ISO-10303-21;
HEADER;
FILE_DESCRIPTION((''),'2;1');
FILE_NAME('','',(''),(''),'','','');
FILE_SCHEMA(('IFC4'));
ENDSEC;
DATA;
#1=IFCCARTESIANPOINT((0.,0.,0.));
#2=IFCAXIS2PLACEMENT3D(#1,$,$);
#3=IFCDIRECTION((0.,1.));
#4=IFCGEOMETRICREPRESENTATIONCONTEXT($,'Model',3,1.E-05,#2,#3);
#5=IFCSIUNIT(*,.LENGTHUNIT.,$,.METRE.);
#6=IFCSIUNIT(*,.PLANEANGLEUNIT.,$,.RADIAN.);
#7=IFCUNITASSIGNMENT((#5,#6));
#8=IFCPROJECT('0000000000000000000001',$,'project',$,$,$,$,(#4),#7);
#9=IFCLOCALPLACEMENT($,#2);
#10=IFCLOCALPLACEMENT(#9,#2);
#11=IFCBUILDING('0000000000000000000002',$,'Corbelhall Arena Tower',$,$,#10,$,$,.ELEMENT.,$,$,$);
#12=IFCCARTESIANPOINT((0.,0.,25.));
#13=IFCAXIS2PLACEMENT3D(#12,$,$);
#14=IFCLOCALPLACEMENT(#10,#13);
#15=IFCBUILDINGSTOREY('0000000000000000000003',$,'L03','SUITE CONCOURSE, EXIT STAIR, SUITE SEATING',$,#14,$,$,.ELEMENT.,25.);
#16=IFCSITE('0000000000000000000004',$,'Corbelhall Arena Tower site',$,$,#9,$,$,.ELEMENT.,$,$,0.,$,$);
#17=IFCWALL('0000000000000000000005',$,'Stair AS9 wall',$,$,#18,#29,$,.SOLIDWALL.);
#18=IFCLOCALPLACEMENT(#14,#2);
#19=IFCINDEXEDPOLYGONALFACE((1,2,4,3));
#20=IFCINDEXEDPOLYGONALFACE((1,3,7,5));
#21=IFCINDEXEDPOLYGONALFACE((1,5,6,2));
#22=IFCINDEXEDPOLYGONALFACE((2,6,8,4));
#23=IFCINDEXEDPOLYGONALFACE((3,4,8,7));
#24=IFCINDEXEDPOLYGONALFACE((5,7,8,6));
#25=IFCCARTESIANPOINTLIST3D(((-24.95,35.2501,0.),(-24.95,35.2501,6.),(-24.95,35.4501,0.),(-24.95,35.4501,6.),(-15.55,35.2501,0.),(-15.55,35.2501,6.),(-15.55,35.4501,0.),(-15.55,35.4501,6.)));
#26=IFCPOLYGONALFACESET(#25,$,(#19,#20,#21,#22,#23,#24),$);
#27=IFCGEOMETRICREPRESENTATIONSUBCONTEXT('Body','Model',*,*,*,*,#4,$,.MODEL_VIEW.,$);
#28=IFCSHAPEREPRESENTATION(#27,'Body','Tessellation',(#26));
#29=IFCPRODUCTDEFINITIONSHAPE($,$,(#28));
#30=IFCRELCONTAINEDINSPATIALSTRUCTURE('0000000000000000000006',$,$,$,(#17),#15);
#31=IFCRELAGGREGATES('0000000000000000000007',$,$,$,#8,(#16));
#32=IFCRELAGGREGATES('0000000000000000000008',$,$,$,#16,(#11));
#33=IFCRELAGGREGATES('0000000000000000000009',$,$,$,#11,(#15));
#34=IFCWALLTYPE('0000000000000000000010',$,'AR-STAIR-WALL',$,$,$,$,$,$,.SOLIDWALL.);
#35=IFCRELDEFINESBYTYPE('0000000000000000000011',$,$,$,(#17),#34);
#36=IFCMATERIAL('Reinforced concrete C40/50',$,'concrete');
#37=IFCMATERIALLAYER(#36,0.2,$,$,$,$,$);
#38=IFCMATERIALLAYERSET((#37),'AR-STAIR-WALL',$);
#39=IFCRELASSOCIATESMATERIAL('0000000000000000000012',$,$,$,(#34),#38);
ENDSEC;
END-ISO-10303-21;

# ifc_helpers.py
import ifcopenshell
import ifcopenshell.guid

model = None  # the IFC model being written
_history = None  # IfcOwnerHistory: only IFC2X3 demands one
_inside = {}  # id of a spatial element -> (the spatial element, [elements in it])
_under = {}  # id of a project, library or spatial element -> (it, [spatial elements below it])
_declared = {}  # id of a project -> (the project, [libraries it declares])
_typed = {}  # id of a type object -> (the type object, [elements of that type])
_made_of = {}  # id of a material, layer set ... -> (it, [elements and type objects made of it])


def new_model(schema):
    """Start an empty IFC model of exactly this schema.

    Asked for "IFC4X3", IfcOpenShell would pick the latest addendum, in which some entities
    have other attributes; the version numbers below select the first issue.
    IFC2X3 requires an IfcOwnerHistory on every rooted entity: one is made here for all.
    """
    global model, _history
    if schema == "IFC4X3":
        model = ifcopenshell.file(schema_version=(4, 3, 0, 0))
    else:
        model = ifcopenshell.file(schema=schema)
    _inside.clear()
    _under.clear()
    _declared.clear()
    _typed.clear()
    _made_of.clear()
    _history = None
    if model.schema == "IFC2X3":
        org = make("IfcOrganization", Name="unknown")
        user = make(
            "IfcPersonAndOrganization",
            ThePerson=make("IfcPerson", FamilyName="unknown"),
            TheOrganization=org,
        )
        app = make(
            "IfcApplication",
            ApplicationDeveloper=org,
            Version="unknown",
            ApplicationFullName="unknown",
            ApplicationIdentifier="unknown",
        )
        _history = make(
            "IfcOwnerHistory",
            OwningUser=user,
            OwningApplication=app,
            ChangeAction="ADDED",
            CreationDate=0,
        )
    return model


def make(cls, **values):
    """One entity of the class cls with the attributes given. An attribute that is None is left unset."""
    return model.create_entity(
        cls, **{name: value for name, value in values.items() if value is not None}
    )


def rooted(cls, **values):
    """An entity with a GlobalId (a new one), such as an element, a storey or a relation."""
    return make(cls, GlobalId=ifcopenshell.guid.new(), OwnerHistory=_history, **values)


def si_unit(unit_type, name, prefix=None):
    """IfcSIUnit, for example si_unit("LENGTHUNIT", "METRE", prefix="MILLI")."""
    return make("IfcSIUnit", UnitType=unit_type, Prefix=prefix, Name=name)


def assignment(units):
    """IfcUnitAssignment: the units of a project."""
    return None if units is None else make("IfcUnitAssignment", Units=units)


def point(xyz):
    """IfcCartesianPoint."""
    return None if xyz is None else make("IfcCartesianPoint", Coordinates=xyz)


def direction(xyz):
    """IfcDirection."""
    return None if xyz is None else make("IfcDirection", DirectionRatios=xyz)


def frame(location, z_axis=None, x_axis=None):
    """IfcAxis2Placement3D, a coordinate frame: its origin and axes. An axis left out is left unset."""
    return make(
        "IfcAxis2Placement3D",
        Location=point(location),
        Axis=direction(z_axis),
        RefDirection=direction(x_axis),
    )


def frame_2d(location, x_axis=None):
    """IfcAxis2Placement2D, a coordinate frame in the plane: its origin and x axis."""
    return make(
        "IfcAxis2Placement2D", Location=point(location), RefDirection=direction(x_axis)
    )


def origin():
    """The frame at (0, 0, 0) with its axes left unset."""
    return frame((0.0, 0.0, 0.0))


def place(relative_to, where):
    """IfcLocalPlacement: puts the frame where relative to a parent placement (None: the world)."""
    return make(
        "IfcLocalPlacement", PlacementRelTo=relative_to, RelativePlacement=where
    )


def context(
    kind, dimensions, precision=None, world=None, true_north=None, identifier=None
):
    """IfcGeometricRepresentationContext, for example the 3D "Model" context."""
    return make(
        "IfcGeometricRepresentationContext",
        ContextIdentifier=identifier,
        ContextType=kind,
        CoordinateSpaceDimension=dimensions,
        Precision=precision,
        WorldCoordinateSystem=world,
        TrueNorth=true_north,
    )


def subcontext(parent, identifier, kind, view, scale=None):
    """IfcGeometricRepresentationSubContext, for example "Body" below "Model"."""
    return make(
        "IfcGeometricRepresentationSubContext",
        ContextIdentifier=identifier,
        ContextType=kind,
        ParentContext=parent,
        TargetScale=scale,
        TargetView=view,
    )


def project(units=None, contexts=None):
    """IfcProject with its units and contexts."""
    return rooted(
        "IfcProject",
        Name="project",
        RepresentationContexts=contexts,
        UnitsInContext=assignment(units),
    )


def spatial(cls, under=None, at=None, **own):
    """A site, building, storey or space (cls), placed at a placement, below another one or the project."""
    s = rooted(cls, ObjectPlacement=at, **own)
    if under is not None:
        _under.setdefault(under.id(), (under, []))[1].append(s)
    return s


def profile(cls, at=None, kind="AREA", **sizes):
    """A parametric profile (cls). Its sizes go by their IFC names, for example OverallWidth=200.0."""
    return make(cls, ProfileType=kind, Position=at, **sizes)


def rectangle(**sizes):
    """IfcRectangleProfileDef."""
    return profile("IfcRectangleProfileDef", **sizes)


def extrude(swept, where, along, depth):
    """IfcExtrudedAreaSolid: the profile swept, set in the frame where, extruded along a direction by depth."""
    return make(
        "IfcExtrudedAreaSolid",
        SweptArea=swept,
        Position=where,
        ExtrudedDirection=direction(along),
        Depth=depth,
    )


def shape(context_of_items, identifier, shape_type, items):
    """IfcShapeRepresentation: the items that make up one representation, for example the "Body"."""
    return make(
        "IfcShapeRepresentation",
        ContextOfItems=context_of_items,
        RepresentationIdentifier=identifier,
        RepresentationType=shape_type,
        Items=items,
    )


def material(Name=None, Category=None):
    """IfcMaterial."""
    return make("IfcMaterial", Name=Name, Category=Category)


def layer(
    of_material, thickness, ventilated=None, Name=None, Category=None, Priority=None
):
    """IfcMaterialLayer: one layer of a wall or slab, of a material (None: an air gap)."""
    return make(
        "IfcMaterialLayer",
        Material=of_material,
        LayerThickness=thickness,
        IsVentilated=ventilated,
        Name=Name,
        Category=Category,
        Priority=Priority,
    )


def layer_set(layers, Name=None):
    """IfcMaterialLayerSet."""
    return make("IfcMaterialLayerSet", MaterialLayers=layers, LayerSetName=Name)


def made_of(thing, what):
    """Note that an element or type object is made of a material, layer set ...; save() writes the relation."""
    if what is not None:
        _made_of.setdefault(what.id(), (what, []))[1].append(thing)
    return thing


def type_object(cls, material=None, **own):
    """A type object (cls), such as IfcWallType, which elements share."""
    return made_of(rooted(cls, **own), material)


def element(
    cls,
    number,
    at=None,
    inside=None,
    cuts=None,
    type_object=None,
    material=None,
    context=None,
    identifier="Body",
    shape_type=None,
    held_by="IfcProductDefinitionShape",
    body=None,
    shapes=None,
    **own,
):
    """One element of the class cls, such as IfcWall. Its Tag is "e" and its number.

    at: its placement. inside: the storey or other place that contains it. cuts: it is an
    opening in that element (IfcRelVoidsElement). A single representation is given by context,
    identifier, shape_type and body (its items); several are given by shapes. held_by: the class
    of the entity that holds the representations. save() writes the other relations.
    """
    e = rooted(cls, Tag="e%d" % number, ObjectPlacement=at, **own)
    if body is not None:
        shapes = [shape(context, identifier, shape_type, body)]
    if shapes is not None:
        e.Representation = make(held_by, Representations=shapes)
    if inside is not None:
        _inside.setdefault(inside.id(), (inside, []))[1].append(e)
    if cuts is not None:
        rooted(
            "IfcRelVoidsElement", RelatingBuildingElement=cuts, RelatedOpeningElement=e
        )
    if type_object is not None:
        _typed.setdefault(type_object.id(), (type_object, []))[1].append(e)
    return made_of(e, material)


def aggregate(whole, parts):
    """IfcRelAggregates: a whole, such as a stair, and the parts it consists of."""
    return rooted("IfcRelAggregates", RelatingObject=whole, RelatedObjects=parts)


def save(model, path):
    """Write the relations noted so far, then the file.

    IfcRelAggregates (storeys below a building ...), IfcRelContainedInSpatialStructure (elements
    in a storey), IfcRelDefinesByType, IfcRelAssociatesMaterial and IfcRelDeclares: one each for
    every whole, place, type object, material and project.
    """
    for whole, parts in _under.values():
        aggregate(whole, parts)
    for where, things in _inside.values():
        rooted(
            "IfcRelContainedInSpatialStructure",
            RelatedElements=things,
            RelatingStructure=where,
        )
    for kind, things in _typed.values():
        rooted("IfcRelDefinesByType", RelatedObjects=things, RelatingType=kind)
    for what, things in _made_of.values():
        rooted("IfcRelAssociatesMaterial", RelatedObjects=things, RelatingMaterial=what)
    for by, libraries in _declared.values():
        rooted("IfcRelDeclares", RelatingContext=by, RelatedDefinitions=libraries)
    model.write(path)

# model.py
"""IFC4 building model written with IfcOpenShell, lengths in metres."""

from ifc_helpers import new_model, si_unit, direction, frame, frame_2d, origin, place, context, subcontext, project, spatial, rectangle, extrude, material, layer, layer_set, type_object, element, save


model = new_model("IFC4")

# Units and contexts
model_context = context("Model", 3, precision=1e-05, world=origin(), true_north=direction((0.0, 1.0)))
body_context = subcontext(model_context, "Body", "Model", "MODEL_VIEW")
ifc_project = project(units=[si_unit("LENGTHUNIT", "METRE"), si_unit("PLANEANGLEUNIT", "RADIAN")], contexts=[model_context])

# Site, building, storey
site_placement = place(None, origin())
site = spatial("IfcSite", under=ifc_project, at=site_placement, Name="Corbelhall Arena Tower site", CompositionType="ELEMENT", RefElevation=0.0)
building_placement = place(site_placement, origin())
building = spatial("IfcBuilding", under=site, at=building_placement, Name="Corbelhall Arena Tower", CompositionType="ELEMENT")
storey_placement = place(building_placement, frame((0.0, 0.0, 25.0)))
storey = spatial("IfcBuildingStorey", under=building, at=storey_placement, Name="L03", Description="SUITE CONCOURSE, EXIT STAIR, SUITE SEATING", CompositionType="ELEMENT", Elevation=25.0)

# Wall
ifc_material_1 = material(Name="Reinforced concrete C40/50", Category="concrete")
ifc_layer_1 = layer(ifc_material_1, 0.2)
ifc_layer_set_1 = layer_set([ifc_layer_1], Name="AR-STAIR-WALL")
wall_type = type_object("IfcWallType", Name="AR-STAIR-WALL", PredefinedType="SOLIDWALL", material=ifc_layer_set_1)
wall_placement = place(storey_placement, frame((-24.95, 35.3501, 0.0), z_axis=(0.0, 0.0, 1.0), x_axis=(1.0, 0.0, 0.0)))
element("IfcWall", 1, at=wall_placement, inside=storey, type_object=wall_type, Name="Stair AS9 wall", PredefinedType="SOLIDWALL", context=body_context, shape_type="SweptSolid", body=[
    extrude(rectangle(XDim=9.3999, YDim=0.2, at=frame_2d((4.7, 0.0))), origin(), (0.0, 0.0, 1.0), 6.0),
])

save(model, "model.ifc")
